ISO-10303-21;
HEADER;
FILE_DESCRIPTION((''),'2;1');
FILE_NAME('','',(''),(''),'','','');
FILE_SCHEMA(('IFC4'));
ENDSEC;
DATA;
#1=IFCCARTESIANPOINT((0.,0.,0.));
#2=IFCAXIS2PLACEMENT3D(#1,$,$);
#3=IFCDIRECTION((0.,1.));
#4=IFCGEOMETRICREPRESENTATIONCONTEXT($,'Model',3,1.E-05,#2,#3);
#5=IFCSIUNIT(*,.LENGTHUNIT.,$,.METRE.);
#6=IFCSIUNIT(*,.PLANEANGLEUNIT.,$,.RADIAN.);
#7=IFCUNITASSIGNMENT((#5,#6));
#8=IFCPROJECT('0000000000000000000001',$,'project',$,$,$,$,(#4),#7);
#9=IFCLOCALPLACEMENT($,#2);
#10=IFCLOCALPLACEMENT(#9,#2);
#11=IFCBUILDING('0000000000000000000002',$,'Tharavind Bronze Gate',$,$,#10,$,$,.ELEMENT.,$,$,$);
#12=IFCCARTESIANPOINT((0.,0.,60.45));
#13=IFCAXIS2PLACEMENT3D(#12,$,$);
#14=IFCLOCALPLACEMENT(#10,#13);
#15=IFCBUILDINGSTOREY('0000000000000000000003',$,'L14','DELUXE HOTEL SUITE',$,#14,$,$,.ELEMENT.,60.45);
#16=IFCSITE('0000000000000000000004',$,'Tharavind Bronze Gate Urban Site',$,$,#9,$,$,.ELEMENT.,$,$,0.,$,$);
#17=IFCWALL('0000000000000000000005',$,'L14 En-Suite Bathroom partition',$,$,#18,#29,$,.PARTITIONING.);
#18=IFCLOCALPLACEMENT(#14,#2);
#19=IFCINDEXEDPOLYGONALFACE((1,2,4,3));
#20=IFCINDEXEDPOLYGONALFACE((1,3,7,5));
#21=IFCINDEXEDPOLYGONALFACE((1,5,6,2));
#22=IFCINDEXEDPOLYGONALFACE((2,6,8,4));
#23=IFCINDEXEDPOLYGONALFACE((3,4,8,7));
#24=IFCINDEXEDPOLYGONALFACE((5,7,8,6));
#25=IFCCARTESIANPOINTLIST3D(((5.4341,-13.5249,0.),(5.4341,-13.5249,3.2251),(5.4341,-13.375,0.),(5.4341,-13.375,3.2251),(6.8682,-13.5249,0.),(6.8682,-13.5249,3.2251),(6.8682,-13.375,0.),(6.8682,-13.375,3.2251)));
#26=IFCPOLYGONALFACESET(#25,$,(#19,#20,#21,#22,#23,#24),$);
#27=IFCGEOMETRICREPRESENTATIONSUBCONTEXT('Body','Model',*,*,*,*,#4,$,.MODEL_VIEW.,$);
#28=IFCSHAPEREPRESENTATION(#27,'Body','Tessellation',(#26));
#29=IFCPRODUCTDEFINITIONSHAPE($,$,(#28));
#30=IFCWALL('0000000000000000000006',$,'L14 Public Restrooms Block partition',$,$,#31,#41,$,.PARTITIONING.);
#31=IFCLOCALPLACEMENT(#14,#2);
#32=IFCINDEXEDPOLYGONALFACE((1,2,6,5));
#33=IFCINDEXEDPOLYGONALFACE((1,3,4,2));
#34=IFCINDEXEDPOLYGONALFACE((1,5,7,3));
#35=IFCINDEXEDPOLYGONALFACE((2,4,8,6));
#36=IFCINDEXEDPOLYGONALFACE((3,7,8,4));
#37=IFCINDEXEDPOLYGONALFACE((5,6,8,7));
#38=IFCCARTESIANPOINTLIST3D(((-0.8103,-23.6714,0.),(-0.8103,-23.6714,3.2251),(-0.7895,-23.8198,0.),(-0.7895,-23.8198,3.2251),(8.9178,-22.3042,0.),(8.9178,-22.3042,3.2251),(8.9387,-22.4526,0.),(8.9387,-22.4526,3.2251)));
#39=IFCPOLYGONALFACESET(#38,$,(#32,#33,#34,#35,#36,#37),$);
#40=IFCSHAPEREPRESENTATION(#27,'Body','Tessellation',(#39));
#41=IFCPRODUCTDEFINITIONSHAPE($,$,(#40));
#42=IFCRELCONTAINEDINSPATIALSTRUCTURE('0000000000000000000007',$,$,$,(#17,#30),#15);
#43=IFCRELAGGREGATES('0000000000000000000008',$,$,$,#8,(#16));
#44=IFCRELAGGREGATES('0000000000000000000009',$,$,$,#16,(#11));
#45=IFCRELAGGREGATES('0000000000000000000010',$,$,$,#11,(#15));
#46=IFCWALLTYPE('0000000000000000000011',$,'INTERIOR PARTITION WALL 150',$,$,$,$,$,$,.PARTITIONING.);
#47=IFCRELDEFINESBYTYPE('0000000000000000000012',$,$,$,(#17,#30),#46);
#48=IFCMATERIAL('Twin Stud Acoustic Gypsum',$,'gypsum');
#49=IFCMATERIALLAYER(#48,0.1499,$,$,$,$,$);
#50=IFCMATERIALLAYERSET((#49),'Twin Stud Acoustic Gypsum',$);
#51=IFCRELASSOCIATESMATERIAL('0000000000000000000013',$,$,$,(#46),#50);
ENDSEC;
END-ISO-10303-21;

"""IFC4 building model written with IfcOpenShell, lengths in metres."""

from ifc_helpers import new_model, si_unit, direction, frame, frame_2d, origin, place, context, subcontext, project, spatial, rectangle, extrude, material, layer, layer_set, type_object, element, save


model = new_model("IFC4")

# Units and contexts
model_context = context("Model", 3, precision=1e-05, world=origin(), true_north=direction((0.0, 1.0)))
body_context = subcontext(model_context, "Body", "Model", "MODEL_VIEW")
ifc_project = project(units=[si_unit("LENGTHUNIT", "METRE"), si_unit("PLANEANGLEUNIT", "RADIAN")], contexts=[model_context])

# Site, building, storey
site_placement = place(None, origin())
site = spatial("IfcSite", under=ifc_project, at=site_placement, Name="Tharavind Bronze Gate Urban Site", CompositionType="ELEMENT", RefElevation=0.0)
building_placement = place(site_placement, origin())
building = spatial("IfcBuilding", under=site, at=building_placement, Name="Tharavind Bronze Gate", CompositionType="ELEMENT")
storey_placement = place(building_placement, frame((0.0, 0.0, 60.45)))
storey = spatial("IfcBuildingStorey", under=building, at=storey_placement, Name="L14", Description="DELUXE HOTEL SUITE", CompositionType="ELEMENT", Elevation=60.45)

# Walls
ifc_material_1 = material(Name="Twin Stud Acoustic Gypsum", Category="gypsum")
ifc_layer_1 = layer(ifc_material_1, 0.1499)
ifc_layer_set_1 = layer_set([ifc_layer_1], Name="Twin Stud Acoustic Gypsum")
wall_type_1 = type_object("IfcWallType", Name="INTERIOR PARTITION WALL 150", PredefinedType="PARTITIONING", material=ifc_layer_set_1)
wall_1_placement = place(storey_placement, frame((6.8682, -13.45, 0.0), z_axis=(0.0, 0.0, 1.0), x_axis=(-1.0, 0.0, 0.0)))
element("IfcWall", 1, at=wall_1_placement, inside=storey, type_object=wall_type_1, Name="L14 En-Suite Bathroom partition", PredefinedType="PARTITIONING", context=body_context, shape_type="SweptSolid", body=[
    extrude(rectangle(XDim=1.4341, YDim=0.1499, at=frame_2d((0.717, 0.0))), origin(), (0.0, 0.0, 1.0), 3.2251),
])
wall_2_placement = place(storey_placement, frame((8.9282, -22.3784, 0.0), z_axis=(0.0, 0.0, 1.0), x_axis=(-0.990268, -0.139173, 0.0)))
element("IfcWall", 2, at=wall_2_placement, inside=storey, type_object=wall_type_1, Name="L14 Public Restrooms Block partition", PredefinedType="PARTITIONING", context=body_context, shape_type="SweptSolid", body=[
    extrude(rectangle(XDim=9.8237, YDim=0.1499, at=frame_2d((4.9119, 0.0))), origin(), (0.0, 0.0, 1.0), 3.2251),
])

save(model, "model.ifc")
